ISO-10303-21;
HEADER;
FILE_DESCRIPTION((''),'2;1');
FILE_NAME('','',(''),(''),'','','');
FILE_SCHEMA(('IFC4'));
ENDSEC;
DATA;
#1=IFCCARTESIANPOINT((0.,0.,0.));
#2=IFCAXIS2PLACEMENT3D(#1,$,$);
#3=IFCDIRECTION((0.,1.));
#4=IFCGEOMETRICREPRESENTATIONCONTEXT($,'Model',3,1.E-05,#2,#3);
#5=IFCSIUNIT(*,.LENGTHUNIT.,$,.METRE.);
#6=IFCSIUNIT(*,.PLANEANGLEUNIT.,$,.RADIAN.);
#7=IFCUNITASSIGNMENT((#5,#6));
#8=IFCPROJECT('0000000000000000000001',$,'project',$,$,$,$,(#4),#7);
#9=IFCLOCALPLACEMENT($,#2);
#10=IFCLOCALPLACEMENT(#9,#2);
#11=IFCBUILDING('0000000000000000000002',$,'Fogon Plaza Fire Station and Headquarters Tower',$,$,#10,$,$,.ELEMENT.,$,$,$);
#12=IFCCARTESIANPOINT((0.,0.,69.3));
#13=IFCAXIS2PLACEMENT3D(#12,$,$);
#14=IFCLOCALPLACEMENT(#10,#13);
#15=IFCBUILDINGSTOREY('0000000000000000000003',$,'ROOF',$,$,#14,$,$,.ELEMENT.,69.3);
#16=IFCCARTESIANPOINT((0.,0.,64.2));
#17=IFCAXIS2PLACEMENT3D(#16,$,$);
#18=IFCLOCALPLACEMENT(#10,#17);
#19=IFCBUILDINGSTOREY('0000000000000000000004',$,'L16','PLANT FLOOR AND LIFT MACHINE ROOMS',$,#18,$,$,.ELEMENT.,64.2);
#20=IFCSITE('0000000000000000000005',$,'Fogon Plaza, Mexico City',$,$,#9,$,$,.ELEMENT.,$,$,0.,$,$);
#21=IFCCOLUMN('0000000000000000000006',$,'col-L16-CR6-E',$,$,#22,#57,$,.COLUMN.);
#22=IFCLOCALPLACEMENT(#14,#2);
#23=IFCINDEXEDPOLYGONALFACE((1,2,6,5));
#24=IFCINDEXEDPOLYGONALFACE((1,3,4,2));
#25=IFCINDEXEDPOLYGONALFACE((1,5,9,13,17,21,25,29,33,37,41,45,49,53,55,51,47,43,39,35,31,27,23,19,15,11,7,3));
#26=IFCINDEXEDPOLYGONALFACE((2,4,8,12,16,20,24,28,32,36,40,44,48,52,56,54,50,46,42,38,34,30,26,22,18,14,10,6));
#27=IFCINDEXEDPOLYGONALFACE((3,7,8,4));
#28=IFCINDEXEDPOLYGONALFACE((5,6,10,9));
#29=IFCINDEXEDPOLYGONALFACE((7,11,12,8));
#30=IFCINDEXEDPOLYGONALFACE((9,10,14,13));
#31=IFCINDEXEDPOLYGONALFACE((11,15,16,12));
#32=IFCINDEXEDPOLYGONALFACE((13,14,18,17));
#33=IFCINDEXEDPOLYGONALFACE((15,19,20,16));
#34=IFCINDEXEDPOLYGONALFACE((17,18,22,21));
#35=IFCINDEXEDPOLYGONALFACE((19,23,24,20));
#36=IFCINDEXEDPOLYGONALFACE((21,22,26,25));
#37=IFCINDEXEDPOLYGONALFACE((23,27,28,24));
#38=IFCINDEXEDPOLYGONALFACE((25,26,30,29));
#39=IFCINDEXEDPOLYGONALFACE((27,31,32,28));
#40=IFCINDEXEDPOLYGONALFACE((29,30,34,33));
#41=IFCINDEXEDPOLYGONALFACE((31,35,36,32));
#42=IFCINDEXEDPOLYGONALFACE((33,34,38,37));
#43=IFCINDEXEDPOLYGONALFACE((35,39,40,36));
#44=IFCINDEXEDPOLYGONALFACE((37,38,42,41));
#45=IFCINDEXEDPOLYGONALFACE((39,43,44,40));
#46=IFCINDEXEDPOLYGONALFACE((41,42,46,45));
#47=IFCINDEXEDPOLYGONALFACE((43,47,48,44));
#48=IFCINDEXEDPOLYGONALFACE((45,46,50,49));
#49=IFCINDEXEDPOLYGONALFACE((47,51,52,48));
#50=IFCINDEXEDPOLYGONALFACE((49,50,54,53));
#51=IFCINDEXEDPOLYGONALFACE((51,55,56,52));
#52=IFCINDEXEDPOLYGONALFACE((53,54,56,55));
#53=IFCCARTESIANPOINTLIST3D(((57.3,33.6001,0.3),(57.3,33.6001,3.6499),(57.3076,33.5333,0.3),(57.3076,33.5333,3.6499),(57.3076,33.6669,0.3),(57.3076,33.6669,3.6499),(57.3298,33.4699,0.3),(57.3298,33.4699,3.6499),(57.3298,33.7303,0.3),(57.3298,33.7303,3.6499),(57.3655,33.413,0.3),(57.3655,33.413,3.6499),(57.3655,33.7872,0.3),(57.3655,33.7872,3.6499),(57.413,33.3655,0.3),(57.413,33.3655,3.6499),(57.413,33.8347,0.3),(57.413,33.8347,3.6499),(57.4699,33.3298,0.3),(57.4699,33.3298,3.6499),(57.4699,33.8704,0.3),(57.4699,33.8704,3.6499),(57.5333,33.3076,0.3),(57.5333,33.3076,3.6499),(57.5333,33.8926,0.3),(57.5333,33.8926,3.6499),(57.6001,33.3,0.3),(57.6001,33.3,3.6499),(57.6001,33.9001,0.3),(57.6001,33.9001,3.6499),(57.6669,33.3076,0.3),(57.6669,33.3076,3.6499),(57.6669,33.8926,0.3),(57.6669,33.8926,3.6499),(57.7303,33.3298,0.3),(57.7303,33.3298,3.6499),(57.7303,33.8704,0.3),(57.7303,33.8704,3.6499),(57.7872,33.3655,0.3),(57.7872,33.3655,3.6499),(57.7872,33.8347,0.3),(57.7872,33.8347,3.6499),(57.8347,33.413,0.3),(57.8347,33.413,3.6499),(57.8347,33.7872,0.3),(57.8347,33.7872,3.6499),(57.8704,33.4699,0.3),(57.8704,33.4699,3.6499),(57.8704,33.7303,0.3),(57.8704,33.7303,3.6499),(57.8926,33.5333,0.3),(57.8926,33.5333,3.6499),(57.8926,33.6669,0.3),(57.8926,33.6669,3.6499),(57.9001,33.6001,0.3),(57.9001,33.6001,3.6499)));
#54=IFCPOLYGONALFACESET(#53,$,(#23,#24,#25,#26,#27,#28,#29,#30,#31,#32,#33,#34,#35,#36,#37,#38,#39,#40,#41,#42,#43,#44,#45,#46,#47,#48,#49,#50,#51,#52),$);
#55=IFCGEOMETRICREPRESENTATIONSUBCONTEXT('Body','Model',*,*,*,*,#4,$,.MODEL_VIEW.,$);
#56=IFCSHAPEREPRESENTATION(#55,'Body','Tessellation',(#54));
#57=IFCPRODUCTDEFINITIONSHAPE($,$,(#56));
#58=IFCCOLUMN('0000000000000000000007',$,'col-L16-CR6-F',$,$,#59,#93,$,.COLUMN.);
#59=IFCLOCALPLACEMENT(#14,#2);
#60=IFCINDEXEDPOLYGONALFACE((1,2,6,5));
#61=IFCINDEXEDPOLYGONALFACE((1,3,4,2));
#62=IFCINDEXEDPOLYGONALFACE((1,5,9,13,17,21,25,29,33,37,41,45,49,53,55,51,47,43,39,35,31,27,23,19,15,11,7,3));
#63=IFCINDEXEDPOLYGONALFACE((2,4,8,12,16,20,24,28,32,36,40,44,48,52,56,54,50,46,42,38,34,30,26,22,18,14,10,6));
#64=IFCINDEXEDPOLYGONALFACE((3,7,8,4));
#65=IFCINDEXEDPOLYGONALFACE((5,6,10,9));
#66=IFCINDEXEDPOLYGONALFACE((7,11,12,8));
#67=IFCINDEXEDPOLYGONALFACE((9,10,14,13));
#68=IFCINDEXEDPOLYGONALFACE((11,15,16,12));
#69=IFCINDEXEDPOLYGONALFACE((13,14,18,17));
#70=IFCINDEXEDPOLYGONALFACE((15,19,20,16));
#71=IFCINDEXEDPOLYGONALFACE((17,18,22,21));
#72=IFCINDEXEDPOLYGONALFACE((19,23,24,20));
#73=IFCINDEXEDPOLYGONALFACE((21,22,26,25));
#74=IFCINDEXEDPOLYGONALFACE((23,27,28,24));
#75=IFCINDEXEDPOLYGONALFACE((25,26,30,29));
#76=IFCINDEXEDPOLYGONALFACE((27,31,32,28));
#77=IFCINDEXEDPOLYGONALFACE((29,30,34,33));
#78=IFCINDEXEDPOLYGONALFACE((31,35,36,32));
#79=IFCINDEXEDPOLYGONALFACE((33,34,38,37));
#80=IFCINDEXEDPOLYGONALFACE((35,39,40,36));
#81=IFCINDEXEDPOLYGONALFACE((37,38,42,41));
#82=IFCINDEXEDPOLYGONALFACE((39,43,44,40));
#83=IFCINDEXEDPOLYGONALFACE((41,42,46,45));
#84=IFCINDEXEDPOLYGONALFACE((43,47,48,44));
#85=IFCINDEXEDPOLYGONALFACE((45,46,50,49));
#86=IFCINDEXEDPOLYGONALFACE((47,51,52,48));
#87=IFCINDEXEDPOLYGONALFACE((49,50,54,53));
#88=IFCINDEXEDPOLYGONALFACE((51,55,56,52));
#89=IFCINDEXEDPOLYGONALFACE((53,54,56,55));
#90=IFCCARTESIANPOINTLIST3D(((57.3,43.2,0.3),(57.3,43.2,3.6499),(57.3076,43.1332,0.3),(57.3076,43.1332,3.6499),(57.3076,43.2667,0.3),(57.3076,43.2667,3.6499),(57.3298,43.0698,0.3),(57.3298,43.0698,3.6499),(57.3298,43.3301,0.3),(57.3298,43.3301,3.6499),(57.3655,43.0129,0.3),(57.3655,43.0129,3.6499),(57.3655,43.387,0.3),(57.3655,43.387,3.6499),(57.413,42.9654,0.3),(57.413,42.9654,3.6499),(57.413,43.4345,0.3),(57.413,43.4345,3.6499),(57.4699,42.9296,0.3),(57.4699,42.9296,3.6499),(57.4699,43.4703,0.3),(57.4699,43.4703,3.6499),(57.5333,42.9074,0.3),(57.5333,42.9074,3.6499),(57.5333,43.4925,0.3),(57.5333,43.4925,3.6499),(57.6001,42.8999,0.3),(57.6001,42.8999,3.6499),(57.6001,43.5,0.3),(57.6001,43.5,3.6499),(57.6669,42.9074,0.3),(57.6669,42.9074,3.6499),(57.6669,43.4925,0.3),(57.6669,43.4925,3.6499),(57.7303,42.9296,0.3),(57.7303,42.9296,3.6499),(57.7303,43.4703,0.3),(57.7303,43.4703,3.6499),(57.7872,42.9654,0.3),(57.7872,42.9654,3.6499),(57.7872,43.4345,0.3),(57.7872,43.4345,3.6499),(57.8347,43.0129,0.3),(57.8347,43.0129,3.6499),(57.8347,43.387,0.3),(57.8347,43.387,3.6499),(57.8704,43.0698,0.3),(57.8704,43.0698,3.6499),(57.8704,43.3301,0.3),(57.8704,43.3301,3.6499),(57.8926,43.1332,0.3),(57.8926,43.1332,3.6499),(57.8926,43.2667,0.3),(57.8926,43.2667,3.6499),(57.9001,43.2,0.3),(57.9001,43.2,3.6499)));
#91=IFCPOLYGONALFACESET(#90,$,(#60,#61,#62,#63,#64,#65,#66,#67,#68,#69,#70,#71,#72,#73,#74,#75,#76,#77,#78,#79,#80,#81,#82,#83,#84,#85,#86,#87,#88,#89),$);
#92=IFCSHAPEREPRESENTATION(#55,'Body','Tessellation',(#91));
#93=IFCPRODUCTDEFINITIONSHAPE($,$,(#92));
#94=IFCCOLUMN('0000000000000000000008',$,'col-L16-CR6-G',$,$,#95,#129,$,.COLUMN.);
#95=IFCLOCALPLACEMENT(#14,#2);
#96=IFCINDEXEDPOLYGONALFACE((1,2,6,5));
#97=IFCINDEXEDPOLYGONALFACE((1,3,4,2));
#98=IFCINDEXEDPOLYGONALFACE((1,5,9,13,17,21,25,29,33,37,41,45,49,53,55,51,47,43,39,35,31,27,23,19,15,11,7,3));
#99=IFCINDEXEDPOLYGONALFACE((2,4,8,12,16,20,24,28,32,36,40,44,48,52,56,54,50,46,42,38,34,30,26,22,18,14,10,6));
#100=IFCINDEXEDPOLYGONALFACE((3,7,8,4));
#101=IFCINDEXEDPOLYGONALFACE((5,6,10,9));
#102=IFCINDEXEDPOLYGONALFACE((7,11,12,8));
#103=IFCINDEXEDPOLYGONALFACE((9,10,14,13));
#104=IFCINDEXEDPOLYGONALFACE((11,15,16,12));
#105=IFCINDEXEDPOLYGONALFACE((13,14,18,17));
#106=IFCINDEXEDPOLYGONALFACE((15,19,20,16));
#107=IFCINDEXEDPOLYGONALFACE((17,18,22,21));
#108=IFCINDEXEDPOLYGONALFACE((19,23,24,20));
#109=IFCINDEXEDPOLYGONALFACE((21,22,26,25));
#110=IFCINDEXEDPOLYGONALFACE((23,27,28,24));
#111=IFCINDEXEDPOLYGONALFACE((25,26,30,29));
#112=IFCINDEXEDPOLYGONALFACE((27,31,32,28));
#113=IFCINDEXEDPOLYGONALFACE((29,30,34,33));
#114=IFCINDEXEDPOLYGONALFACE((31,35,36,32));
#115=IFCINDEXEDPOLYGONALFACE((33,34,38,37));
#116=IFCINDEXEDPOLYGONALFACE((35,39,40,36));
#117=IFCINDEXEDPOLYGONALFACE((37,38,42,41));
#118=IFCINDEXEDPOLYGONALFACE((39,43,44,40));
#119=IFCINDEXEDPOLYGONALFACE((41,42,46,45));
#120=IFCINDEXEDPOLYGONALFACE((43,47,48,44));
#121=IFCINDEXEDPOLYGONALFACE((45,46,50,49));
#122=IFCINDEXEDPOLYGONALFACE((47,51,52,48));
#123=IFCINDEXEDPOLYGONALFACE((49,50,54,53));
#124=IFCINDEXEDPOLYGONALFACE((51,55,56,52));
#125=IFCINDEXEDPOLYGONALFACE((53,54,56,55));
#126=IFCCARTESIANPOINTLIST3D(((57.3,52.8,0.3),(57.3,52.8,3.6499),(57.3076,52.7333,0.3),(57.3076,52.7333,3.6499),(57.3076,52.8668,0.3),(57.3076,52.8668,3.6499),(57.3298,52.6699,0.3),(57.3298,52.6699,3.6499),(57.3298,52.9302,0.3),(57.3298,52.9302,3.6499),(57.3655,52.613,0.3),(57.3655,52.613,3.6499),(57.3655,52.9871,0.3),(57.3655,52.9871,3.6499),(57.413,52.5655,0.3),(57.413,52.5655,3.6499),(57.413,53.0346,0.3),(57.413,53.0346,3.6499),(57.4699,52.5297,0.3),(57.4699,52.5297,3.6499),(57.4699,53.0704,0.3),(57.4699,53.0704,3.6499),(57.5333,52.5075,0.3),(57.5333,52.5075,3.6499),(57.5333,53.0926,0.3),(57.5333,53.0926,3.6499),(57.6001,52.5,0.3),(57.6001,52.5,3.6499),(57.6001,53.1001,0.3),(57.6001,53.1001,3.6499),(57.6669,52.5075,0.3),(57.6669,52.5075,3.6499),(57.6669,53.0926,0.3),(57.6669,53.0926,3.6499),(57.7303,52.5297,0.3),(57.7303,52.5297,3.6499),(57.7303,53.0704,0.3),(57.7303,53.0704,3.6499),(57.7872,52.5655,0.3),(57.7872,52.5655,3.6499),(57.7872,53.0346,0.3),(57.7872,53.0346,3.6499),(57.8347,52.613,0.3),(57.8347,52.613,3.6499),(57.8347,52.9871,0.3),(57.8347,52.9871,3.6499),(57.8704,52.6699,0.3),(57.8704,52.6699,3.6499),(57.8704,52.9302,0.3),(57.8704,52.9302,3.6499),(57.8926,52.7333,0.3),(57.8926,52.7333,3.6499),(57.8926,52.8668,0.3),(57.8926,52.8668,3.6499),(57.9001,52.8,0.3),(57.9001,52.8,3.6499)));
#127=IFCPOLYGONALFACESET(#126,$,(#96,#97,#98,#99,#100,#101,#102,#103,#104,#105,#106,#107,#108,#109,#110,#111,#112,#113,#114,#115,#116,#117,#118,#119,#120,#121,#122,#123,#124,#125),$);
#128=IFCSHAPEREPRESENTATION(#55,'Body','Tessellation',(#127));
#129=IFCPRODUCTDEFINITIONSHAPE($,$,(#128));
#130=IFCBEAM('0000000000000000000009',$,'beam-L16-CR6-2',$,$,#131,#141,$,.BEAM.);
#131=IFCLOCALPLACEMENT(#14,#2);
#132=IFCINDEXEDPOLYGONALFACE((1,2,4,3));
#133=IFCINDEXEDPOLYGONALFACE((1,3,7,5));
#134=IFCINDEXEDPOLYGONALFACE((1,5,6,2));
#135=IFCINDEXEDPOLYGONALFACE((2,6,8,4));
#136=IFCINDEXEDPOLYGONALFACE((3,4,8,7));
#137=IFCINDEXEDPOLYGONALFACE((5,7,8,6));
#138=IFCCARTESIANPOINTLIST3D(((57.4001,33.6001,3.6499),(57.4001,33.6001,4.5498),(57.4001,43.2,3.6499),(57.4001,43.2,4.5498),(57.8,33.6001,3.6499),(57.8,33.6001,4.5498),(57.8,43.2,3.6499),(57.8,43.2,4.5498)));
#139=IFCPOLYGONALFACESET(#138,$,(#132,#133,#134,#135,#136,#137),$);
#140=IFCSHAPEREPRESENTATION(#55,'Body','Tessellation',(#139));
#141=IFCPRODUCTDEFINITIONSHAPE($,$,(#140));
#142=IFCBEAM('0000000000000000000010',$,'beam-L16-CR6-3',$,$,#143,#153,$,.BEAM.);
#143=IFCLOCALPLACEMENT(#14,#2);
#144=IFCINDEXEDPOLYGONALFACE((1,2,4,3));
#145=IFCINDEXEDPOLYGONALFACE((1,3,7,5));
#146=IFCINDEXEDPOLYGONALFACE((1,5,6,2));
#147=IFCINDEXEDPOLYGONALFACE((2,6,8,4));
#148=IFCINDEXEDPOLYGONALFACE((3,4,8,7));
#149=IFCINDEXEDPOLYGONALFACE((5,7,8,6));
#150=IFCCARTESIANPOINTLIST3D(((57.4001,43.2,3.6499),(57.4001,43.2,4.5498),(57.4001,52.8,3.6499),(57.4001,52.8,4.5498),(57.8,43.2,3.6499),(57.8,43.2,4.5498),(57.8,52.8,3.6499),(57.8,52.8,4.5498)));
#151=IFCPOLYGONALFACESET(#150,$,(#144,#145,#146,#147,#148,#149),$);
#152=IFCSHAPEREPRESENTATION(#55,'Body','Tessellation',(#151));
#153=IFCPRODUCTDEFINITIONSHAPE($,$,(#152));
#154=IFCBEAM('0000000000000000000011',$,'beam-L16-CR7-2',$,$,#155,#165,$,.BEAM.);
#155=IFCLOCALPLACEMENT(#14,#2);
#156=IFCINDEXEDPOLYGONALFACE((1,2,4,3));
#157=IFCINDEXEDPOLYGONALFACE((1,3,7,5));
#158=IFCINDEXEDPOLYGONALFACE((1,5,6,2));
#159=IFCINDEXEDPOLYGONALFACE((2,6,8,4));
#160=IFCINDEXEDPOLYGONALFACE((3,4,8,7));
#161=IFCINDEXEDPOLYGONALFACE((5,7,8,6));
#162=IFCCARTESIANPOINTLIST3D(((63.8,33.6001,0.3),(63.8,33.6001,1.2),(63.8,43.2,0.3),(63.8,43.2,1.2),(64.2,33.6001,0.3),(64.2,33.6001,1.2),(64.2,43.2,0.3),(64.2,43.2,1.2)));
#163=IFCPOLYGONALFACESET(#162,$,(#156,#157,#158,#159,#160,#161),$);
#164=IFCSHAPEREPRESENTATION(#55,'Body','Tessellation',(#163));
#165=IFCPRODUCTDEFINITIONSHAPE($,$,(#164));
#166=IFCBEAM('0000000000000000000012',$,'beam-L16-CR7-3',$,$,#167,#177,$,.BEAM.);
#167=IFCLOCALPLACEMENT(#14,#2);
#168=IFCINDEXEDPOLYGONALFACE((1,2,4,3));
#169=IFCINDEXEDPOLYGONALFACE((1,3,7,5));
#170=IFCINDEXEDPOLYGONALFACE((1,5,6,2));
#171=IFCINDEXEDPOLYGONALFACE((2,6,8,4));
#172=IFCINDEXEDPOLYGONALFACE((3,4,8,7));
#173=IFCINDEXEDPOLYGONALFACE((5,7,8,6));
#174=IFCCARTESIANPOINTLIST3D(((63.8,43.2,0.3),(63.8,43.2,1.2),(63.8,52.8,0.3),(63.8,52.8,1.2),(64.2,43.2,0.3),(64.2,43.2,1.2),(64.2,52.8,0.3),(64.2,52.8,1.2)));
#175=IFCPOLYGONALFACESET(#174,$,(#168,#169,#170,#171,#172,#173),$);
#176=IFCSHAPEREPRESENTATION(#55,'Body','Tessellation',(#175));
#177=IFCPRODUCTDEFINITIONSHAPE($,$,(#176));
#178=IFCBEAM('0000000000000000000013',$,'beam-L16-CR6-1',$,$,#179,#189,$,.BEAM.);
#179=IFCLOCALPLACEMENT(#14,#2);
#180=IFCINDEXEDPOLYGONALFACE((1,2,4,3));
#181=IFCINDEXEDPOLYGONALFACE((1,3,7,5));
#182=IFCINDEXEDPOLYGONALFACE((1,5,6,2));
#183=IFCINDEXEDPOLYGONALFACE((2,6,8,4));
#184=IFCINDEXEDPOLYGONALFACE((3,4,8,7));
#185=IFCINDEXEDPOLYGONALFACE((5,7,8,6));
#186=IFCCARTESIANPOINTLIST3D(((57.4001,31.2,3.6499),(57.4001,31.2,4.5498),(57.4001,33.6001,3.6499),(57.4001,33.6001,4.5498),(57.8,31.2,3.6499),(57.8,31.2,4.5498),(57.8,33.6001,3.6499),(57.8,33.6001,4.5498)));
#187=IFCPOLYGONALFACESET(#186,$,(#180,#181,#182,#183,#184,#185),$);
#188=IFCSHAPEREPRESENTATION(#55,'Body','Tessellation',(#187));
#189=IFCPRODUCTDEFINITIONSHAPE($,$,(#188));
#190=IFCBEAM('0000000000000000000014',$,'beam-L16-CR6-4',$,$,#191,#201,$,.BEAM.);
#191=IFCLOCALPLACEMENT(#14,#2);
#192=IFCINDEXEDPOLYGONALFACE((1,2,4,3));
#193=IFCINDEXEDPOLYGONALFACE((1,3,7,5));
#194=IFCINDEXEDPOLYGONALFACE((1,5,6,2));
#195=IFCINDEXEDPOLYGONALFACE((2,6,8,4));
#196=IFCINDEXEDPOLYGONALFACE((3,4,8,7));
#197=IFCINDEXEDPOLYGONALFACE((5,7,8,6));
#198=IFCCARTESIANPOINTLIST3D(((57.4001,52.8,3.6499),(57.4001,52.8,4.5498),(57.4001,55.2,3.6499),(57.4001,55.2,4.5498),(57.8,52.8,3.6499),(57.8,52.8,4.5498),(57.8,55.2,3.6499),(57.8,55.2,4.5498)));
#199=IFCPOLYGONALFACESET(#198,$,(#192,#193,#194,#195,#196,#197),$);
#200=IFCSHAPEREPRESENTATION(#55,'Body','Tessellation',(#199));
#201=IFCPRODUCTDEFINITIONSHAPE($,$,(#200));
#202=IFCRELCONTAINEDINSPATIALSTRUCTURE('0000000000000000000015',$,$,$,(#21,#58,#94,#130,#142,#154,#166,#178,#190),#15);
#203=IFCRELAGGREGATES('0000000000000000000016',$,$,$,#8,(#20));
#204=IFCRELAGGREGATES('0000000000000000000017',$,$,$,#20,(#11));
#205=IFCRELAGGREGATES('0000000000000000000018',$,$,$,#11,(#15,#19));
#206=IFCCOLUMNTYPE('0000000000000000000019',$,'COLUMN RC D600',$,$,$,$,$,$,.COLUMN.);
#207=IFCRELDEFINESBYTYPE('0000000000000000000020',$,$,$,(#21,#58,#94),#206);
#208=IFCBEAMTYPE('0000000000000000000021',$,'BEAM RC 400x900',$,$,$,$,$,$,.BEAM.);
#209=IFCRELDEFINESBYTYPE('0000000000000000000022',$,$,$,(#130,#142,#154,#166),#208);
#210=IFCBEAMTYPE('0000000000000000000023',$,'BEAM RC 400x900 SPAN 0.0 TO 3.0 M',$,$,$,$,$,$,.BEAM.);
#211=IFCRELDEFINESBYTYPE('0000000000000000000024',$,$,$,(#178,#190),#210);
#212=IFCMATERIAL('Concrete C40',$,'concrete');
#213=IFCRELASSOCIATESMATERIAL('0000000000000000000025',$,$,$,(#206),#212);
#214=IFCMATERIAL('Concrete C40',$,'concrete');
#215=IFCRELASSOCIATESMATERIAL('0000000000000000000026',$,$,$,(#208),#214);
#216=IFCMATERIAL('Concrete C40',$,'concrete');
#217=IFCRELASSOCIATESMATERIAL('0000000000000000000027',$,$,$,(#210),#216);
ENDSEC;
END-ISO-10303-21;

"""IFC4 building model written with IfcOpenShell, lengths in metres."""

from ifc_helpers import new_model, si_unit, direction, frame, origin, origin_2d, place, context, subcontext, project, spatial, rectangle, circle, extrude, material, material_profile, profile_set, type_object, element, save


model = new_model("IFC4")

# Units and contexts
model_context = context("Model", 3, precision=1e-05, world=origin(), true_north=direction((0.0, 1.0)))
body_context = subcontext(model_context, "Body", "Model", "MODEL_VIEW")
ifc_project = project(units=[si_unit("LENGTHUNIT", "METRE"), si_unit("PLANEANGLEUNIT", "RADIAN")], contexts=[model_context])

# Site, building, storey
site_placement = place(None, origin())
site = spatial("IfcSite", under=ifc_project, at=site_placement, Name="Fogon Plaza, Mexico City", CompositionType="ELEMENT", RefElevation=0.0)
building_placement = place(site_placement, origin())
building = spatial("IfcBuilding", under=site, at=building_placement, Name="Fogon Plaza Fire Station and Headquarters Tower", CompositionType="ELEMENT")
storey_1_placement = place(building_placement, frame((0.0, 0.0, 69.3)))
storey_1 = spatial("IfcBuildingStorey", under=building, at=storey_1_placement, Name="ROOF", CompositionType="ELEMENT", Elevation=69.3)

# Columns
ifc_material_1 = material(Name="Concrete C40", Category="concrete")
ifc_material_profile_1 = material_profile(ifc_material_1, circle(Radius=0.3, at=origin_2d()), Name="RC D600")
ifc_profile_set_1 = profile_set([ifc_material_profile_1], Name="Concrete C40")
column_type = type_object("IfcColumnType", Name="COLUMN RC D600", PredefinedType="COLUMN", material=ifc_profile_set_1)
for number, where, z_axis, x_axis, name in (
    (1, (57.6001, 33.6001, 0.3), (0.0, 0.0, 1.0), (1.0, 0.0, 0.0), "col-L16-CR6-E"),
    (2, (57.6001, 43.2, 0.3), (0.0, 0.0, 1.0), (1.0, 0.0, 0.0), "col-L16-CR6-F"),
    (3, (57.6001, 52.8, 0.3), (0.0, 0.0, 1.0), (1.0, 0.0, 0.0), "col-L16-CR6-G"),
):
    element("IfcColumn", number, at=place(storey_1_placement, frame(where, z_axis=z_axis, x_axis=x_axis)), inside=storey_1, type_object=column_type, Name=name, PredefinedType="COLUMN", context=body_context, shape_type="SweptSolid", body=[
        extrude(circle(Radius=0.3, at=origin_2d()), origin(), (0.0, 0.0, 1.0), 3.3499),
    ])

# Beams
ifc_material_2 = material(Name="Concrete C40", Category="concrete")
ifc_material_profile_2 = material_profile(ifc_material_2, rectangle(XDim=0.3999, YDim=0.8999, at=origin_2d()), Name="RC 400x900")
ifc_profile_set_2 = profile_set([ifc_material_profile_2], Name="Concrete C40")
beam_type_1 = type_object("IfcBeamType", Name="BEAM RC 400x900", PredefinedType="BEAM", material=ifc_profile_set_2)
beam_1_placement = place(storey_1_placement, frame((57.6001, 33.6001, 4.0999), z_axis=(0.0, 1.0, 0.0), x_axis=(-1.0, 0.0, 0.0)))
element("IfcBeam", 4, at=beam_1_placement, inside=storey_1, type_object=beam_type_1, Name="beam-L16-CR6-2", PredefinedType="BEAM", context=body_context, shape_type="SweptSolid", body=[
    extrude(rectangle(XDim=0.3999, YDim=0.8999, at=origin_2d()), origin(), (0.0, 0.0, 1.0), 9.5999),
])
beam_2_placement = place(storey_1_placement, frame((57.6001, 43.2, 4.0999), z_axis=(0.0, 1.0, 0.0), x_axis=(-1.0, 0.0, 0.0)))
element("IfcBeam", 5, at=beam_2_placement, inside=storey_1, type_object=beam_type_1, Name="beam-L16-CR6-3", PredefinedType="BEAM", context=body_context, shape_type="SweptSolid", body=[
    extrude(rectangle(XDim=0.3999, YDim=0.8999, at=origin_2d()), origin(), (0.0, 0.0, 1.0), 9.6001),
])
beam_3_placement = place(storey_1_placement, frame((64.0, 33.6001, 0.75), z_axis=(0.0, 1.0, 0.0), x_axis=(-1.0, 0.0, 0.0)))
element("IfcBeam", 6, at=beam_3_placement, inside=storey_1, type_object=beam_type_1, Name="beam-L16-CR7-2", PredefinedType="BEAM", context=body_context, shape_type="SweptSolid", body=[
    extrude(rectangle(XDim=0.3999, YDim=0.8999, at=origin_2d()), origin(), (0.0, 0.0, 1.0), 9.5999),
])
beam_4_placement = place(storey_1_placement, frame((64.0, 43.2, 0.75), z_axis=(0.0, 1.0, 0.0), x_axis=(-1.0, 0.0, 0.0)))
element("IfcBeam", 7, at=beam_4_placement, inside=storey_1, type_object=beam_type_1, Name="beam-L16-CR7-3", PredefinedType="BEAM", context=body_context, shape_type="SweptSolid", body=[
    extrude(rectangle(XDim=0.3999, YDim=0.8999, at=origin_2d()), origin(), (0.0, 0.0, 1.0), 9.6001),
])
ifc_material_3 = material(Name="Concrete C40", Category="concrete")
ifc_material_profile_3 = material_profile(ifc_material_3, rectangle(XDim=0.3999, YDim=0.8999, at=origin_2d()), Name="RC 400x900")
ifc_profile_set_3 = profile_set([ifc_material_profile_3], Name="Concrete C40")
beam_type_2 = type_object("IfcBeamType", Name="BEAM RC 400x900 SPAN 0.0 TO 3.0 M", PredefinedType="BEAM", material=ifc_profile_set_3)
beam_5_placement = place(storey_1_placement, frame((57.6001, 31.2, 4.0999), z_axis=(0.0, 1.0, 0.0), x_axis=(-1.0, 0.0, 0.0)))
element("IfcBeam", 8, at=beam_5_placement, inside=storey_1, type_object=beam_type_2, Name="beam-L16-CR6-1", PredefinedType="BEAM", context=body_context, shape_type="SweptSolid", body=[
    extrude(rectangle(XDim=0.3999, YDim=0.8999, at=origin_2d()), origin(), (0.0, 0.0, 1.0), 2.4001),
])
beam_6_placement = place(storey_1_placement, frame((57.6001, 52.8, 4.0999), z_axis=(0.0, 1.0, 0.0), x_axis=(-1.0, 0.0, 0.0)))
element("IfcBeam", 9, at=beam_6_placement, inside=storey_1, type_object=beam_type_2, Name="beam-L16-CR6-4", PredefinedType="BEAM", context=body_context, shape_type="SweptSolid", body=[
    extrude(rectangle(XDim=0.3999, YDim=0.8999, at=origin_2d()), origin(), (0.0, 0.0, 1.0), 2.3999),
])

# Shared definitions
storey_2_placement = place(building_placement, frame((0.0, 0.0, 64.2)))
storey_2 = spatial("IfcBuildingStorey", under=building, at=storey_2_placement, Name="L16", Description="PLANT FLOOR AND LIFT MACHINE ROOMS", CompositionType="ELEMENT", Elevation=64.2)

save(model, "model.ifc")
